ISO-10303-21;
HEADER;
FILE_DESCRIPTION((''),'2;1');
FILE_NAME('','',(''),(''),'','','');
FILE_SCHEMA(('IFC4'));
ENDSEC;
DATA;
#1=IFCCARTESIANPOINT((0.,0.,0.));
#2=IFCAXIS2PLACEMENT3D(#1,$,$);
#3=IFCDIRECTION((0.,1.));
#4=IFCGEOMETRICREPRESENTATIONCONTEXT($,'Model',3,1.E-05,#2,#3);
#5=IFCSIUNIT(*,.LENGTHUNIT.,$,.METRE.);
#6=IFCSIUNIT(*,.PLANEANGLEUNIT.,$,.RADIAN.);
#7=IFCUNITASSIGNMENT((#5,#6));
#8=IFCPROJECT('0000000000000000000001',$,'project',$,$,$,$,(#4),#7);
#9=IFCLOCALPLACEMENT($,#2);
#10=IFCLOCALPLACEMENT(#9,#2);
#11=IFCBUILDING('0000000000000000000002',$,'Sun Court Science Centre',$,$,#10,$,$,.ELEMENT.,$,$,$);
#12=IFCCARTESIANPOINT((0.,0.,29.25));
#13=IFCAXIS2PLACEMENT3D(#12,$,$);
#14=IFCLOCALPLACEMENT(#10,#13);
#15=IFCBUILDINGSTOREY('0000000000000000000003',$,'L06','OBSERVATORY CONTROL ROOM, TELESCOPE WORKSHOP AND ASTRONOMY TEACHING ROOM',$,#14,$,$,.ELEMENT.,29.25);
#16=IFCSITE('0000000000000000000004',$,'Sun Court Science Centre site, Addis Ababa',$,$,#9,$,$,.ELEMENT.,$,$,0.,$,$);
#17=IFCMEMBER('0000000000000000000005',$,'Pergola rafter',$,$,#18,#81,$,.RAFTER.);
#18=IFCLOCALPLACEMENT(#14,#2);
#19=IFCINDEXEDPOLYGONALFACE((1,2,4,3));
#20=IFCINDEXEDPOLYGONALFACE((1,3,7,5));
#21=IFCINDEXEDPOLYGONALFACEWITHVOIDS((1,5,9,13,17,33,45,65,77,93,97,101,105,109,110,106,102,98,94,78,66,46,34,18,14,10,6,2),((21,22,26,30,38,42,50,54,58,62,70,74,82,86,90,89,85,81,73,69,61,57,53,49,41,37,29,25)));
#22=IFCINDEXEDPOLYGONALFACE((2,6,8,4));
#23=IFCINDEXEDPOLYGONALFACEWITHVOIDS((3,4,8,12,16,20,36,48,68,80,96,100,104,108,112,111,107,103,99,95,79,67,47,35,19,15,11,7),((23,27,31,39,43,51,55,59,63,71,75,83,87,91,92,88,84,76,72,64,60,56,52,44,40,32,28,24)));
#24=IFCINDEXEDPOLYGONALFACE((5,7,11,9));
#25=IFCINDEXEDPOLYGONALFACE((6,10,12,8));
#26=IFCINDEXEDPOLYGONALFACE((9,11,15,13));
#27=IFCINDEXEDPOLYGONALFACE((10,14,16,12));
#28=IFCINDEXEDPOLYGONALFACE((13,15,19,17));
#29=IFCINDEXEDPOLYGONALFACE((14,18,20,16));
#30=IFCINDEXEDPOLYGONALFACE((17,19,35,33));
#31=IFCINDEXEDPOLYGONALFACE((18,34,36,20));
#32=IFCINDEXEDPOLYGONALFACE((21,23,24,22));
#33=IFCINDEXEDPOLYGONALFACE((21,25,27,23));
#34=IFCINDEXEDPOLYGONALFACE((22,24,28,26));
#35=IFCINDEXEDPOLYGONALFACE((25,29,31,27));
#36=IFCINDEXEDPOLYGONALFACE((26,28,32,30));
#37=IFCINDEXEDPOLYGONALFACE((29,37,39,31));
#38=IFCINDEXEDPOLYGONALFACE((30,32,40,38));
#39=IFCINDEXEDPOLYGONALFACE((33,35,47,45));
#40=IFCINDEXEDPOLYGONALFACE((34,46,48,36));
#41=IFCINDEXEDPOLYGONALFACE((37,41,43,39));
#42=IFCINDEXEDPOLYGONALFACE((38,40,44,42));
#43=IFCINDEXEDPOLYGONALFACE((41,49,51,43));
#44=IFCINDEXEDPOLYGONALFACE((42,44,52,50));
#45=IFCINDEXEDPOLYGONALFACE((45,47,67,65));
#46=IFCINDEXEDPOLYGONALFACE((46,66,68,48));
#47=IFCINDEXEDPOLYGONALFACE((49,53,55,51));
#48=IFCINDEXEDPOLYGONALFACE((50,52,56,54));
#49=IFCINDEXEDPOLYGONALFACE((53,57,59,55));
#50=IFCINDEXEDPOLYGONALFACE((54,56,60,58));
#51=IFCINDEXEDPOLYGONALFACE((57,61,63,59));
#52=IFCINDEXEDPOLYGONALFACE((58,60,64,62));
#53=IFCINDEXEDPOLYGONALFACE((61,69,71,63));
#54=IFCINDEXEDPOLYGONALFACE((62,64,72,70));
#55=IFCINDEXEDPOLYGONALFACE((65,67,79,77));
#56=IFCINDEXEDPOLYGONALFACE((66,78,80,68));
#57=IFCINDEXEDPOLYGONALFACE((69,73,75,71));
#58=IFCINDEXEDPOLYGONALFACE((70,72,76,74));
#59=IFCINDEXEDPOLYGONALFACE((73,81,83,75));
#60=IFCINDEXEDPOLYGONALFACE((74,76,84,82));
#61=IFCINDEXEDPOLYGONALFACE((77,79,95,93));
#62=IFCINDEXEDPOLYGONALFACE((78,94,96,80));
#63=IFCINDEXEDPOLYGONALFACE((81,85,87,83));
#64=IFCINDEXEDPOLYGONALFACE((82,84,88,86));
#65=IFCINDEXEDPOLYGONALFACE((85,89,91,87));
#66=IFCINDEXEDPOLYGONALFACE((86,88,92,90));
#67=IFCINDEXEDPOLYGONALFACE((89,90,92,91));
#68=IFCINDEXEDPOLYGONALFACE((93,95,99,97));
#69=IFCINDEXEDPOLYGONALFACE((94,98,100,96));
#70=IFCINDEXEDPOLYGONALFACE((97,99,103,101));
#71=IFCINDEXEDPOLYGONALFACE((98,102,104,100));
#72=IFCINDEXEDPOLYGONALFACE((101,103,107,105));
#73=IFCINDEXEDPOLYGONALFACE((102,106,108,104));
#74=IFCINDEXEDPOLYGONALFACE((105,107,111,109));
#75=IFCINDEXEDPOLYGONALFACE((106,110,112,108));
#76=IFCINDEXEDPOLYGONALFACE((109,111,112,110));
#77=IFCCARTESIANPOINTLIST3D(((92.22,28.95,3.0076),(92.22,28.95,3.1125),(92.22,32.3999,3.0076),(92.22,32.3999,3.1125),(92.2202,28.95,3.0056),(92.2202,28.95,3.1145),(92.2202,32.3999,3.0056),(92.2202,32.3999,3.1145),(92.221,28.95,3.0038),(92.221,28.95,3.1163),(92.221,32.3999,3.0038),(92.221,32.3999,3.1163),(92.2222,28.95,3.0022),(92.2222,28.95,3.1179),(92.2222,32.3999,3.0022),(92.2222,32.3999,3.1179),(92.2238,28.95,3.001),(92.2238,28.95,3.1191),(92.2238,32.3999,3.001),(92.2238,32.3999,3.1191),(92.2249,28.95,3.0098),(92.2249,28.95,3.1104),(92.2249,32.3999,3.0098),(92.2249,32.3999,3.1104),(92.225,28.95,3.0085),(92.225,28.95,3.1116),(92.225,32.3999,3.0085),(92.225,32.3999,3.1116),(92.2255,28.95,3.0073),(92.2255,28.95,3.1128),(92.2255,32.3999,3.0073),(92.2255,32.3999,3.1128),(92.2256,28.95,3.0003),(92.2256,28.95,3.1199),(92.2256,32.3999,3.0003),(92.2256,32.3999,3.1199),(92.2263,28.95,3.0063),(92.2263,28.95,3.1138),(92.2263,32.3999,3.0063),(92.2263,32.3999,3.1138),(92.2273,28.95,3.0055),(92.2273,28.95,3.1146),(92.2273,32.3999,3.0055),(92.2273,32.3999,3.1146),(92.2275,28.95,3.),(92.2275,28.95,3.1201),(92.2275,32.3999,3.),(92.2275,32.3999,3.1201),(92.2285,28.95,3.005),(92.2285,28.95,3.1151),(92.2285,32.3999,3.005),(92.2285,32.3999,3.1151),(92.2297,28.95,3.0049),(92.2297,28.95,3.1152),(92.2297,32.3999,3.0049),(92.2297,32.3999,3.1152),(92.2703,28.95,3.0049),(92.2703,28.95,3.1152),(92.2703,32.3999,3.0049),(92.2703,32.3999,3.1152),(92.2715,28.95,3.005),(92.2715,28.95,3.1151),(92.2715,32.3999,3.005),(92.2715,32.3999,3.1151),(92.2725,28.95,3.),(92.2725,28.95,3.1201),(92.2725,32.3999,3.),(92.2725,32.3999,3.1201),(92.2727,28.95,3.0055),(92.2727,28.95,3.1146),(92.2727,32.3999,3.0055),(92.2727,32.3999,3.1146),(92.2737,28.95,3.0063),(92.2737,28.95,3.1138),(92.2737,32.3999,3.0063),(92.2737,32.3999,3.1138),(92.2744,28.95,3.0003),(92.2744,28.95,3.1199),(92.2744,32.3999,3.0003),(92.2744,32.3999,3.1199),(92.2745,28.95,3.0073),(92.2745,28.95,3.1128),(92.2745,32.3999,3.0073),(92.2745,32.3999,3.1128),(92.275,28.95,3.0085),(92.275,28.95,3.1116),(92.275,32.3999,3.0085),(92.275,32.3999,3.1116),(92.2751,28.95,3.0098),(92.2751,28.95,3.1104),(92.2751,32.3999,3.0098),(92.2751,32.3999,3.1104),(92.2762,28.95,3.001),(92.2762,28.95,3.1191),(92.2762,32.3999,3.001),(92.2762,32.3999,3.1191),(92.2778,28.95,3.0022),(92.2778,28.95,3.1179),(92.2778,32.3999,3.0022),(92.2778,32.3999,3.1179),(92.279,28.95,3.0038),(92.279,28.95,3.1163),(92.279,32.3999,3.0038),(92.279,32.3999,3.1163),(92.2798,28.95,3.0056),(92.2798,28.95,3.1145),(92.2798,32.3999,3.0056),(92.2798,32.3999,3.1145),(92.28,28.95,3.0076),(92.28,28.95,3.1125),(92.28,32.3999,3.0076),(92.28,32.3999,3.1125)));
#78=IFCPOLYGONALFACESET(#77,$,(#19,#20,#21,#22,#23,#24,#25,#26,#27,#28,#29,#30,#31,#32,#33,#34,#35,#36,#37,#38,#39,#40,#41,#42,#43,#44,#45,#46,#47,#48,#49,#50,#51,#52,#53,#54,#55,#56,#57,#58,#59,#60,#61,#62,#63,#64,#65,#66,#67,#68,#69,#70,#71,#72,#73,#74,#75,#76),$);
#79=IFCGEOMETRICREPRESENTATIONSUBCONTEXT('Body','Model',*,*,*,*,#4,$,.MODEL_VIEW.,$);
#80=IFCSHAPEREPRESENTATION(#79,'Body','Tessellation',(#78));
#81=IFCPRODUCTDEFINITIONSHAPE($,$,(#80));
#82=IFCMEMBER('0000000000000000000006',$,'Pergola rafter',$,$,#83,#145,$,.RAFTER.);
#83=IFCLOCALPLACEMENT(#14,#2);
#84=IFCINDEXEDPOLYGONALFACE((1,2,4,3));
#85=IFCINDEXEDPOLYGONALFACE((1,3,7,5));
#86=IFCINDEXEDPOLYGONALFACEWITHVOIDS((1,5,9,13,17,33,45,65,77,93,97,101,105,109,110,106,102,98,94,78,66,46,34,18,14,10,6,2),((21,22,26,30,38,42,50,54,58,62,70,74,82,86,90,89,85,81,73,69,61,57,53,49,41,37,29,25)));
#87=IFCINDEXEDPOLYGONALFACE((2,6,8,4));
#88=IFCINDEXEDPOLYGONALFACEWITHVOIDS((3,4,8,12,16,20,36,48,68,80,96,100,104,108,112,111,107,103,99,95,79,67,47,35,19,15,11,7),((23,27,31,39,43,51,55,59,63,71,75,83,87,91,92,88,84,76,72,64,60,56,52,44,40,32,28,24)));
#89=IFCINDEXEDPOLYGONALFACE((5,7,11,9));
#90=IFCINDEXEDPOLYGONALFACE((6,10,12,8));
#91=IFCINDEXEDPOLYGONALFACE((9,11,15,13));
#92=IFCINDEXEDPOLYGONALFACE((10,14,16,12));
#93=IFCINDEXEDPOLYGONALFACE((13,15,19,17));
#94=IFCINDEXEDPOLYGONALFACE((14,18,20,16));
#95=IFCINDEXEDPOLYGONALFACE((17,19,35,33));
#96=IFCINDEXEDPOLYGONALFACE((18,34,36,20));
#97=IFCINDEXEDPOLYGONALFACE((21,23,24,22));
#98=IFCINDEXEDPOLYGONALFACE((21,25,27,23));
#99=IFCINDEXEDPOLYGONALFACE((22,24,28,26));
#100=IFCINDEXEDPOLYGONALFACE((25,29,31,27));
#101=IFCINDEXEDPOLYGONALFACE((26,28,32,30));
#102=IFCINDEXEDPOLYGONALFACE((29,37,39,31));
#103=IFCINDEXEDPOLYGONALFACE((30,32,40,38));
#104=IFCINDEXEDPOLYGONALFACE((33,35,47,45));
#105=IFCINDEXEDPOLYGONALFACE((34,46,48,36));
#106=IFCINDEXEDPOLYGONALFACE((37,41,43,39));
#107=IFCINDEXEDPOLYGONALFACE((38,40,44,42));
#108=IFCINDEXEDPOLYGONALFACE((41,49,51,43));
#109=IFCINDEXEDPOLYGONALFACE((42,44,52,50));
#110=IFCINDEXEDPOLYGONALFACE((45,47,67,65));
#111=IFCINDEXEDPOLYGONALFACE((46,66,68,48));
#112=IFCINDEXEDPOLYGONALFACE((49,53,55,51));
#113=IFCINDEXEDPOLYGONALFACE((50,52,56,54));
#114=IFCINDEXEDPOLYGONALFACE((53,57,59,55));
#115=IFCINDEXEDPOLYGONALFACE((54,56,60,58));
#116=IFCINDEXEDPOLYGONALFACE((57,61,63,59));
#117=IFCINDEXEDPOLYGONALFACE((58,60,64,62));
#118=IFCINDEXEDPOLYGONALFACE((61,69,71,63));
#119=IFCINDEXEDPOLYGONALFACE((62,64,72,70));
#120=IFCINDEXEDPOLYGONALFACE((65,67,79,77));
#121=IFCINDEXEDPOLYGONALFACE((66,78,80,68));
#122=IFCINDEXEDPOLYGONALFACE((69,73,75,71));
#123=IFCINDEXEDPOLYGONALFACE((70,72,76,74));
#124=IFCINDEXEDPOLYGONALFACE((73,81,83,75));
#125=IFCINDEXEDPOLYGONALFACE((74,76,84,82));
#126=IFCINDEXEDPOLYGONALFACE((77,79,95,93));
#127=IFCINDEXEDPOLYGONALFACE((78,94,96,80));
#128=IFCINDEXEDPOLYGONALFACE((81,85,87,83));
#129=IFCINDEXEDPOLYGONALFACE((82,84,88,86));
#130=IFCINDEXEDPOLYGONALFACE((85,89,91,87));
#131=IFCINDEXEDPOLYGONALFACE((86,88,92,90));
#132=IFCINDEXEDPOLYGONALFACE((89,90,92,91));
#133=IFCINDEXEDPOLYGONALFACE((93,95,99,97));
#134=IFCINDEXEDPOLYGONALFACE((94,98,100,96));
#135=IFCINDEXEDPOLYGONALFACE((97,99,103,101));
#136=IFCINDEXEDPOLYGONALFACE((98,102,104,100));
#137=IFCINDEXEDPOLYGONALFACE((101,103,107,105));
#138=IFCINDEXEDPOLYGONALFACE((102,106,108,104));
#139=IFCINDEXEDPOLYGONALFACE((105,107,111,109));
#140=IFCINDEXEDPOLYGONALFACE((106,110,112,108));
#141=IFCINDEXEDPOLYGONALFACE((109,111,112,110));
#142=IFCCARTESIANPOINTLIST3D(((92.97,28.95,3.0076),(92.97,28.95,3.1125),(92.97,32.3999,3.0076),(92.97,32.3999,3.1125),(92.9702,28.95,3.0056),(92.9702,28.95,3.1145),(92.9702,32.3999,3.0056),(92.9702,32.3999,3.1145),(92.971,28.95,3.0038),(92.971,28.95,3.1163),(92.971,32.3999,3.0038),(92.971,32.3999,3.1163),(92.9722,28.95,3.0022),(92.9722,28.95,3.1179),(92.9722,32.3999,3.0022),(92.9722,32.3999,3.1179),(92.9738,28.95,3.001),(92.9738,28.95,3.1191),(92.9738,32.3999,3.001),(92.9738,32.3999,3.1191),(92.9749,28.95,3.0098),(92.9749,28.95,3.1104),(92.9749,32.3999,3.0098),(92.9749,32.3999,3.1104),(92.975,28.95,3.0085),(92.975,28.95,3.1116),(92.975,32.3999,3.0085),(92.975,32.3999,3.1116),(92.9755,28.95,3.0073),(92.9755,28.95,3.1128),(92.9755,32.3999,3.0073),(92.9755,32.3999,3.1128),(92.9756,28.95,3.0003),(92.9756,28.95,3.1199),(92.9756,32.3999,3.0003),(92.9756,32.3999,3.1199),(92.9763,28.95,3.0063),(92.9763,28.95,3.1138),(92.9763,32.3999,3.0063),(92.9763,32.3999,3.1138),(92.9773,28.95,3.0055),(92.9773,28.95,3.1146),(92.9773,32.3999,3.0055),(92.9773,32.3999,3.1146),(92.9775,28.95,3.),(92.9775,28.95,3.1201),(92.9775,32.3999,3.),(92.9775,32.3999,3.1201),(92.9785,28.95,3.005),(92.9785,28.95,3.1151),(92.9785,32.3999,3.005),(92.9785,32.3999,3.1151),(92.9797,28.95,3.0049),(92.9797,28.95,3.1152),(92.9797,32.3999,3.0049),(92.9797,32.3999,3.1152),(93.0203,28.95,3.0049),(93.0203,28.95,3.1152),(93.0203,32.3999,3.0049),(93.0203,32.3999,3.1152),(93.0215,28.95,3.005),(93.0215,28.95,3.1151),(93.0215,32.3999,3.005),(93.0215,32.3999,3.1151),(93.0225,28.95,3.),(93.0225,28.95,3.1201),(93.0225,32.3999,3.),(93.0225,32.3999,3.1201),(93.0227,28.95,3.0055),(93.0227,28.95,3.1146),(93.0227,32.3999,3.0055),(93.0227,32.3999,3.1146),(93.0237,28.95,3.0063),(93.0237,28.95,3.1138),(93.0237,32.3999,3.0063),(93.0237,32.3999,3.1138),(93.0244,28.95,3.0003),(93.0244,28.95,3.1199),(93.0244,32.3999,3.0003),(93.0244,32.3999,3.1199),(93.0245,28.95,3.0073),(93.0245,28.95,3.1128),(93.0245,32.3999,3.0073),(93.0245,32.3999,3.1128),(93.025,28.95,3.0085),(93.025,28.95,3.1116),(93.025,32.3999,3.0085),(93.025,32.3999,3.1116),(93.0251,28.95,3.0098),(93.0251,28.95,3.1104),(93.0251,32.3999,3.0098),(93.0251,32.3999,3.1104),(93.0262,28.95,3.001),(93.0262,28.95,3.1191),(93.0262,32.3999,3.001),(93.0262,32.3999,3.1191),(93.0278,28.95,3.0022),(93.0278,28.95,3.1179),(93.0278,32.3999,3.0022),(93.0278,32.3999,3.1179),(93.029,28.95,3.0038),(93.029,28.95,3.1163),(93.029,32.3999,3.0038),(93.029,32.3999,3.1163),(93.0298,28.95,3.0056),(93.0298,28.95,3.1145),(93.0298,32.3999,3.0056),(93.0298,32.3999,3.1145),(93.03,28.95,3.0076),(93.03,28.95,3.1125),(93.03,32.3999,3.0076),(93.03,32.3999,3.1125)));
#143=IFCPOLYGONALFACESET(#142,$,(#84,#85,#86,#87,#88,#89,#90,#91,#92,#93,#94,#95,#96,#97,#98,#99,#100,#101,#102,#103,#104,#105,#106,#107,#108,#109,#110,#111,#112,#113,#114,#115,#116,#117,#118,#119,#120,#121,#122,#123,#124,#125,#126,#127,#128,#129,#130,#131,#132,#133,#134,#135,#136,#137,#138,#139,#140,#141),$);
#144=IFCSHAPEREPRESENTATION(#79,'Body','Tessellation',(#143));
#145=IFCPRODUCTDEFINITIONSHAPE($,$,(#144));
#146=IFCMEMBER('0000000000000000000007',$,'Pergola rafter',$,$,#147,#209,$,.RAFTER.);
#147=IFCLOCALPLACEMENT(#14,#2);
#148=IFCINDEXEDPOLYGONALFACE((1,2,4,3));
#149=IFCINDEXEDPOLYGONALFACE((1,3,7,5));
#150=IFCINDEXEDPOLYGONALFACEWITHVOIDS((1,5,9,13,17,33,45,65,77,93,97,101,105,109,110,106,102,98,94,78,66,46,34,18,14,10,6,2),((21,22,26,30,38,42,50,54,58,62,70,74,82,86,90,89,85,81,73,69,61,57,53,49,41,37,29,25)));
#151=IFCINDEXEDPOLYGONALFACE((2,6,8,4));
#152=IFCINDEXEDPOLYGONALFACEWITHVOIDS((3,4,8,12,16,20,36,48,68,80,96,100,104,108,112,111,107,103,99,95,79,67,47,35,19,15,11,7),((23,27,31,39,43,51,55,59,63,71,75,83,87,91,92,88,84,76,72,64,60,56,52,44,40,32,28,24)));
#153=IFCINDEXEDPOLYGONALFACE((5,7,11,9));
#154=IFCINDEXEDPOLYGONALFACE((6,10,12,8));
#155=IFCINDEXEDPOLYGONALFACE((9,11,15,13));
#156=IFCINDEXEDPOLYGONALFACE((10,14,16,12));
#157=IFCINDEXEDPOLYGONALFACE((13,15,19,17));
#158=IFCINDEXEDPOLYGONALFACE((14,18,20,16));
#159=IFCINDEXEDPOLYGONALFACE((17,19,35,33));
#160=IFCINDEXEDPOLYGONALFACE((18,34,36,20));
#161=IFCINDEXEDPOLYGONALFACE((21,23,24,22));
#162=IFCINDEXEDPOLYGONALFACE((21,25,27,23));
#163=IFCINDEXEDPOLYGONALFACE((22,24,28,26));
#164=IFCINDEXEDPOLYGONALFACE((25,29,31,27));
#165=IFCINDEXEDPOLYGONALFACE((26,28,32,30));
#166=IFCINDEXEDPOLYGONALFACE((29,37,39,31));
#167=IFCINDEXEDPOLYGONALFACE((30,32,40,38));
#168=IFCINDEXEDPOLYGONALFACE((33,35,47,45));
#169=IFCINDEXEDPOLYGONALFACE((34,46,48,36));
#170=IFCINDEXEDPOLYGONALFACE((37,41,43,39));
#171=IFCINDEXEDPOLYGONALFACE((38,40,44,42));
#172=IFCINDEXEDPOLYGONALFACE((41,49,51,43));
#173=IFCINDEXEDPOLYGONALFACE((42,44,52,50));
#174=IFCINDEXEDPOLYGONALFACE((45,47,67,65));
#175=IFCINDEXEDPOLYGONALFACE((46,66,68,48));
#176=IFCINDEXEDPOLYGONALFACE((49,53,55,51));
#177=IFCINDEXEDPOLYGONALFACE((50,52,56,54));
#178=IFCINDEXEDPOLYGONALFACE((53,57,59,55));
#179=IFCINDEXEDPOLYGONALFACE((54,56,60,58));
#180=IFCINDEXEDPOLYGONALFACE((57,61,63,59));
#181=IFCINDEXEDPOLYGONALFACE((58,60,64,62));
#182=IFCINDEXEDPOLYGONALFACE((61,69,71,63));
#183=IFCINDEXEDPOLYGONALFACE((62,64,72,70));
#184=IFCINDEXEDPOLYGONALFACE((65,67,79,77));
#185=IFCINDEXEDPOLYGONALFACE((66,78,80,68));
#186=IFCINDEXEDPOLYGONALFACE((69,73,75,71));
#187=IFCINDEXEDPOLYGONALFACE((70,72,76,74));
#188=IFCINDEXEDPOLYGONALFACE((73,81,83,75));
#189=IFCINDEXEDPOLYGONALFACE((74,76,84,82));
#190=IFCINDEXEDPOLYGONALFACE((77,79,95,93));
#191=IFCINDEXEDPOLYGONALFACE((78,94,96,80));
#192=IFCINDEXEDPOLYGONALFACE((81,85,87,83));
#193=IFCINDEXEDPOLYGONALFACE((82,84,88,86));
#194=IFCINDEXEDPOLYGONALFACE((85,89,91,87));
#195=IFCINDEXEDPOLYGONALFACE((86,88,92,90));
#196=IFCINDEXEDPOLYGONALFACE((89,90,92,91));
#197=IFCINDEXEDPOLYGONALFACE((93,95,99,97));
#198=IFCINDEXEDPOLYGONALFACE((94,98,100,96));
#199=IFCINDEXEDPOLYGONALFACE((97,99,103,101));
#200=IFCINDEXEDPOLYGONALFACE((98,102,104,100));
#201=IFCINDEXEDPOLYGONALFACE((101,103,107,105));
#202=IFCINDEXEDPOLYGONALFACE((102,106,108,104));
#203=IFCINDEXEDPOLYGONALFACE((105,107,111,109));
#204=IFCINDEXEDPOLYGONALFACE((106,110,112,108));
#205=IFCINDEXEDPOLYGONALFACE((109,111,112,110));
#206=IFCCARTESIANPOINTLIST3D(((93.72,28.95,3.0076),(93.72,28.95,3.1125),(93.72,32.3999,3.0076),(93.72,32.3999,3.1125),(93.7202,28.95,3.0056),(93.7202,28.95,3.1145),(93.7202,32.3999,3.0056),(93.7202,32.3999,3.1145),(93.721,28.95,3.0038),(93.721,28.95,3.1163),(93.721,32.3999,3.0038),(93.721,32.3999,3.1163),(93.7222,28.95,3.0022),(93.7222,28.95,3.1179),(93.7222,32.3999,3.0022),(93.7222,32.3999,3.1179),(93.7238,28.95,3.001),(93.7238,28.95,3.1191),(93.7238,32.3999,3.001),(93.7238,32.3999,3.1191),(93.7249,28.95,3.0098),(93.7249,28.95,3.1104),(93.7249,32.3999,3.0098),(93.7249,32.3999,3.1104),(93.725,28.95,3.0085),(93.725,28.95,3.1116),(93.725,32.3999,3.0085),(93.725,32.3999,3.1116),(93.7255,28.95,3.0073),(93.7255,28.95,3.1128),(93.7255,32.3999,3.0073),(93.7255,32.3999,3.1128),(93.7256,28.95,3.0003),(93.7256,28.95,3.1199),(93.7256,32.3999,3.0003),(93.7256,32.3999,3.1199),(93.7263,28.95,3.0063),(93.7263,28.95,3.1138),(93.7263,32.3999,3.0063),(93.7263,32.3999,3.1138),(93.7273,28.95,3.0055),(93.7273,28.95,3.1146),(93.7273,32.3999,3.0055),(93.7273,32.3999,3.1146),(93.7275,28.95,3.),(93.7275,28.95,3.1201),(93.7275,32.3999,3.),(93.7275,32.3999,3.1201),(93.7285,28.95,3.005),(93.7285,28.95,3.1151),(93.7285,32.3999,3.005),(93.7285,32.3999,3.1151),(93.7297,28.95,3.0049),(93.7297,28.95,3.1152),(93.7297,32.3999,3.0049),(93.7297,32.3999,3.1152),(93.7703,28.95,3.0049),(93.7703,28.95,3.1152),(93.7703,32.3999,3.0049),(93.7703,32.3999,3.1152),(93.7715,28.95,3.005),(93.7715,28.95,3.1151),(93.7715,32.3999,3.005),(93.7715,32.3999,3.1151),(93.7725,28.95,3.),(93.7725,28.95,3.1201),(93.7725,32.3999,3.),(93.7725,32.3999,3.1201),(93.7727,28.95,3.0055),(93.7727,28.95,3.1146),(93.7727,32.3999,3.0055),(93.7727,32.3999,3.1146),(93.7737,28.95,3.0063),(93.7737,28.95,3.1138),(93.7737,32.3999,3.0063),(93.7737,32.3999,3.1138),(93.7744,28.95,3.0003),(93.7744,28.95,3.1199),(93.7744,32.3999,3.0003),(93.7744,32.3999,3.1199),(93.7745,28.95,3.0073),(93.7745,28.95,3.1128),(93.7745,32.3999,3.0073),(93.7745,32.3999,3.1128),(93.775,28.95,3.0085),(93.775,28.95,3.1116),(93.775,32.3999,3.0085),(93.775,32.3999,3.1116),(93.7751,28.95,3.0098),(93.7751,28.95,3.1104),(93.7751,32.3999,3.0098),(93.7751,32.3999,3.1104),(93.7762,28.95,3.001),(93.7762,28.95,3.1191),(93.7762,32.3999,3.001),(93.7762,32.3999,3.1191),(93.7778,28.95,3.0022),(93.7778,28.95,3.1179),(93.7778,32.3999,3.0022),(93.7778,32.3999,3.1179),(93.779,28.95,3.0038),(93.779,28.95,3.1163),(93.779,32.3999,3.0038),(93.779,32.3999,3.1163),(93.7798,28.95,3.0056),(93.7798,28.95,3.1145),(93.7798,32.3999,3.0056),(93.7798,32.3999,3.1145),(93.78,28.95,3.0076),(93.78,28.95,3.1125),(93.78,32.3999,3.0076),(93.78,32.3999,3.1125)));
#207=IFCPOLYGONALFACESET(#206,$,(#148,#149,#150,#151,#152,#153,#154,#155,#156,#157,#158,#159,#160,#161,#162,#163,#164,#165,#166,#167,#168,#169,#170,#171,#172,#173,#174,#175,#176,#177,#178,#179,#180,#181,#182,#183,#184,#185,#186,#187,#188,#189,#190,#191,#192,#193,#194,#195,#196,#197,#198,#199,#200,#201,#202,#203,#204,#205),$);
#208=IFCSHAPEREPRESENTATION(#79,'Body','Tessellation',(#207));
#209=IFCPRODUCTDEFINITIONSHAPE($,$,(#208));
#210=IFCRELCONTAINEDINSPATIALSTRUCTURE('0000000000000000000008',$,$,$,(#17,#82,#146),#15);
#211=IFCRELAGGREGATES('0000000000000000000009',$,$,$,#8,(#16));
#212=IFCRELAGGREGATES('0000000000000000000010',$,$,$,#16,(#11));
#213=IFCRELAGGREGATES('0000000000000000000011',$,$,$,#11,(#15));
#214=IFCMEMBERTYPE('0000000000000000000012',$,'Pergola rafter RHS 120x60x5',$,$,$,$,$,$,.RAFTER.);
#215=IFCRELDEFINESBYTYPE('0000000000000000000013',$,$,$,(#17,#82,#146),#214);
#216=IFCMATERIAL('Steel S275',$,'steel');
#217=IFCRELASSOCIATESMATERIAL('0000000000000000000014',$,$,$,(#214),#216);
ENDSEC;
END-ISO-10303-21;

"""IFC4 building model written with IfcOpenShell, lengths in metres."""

from ifc_helpers import new_model, si_unit, direction, frame, origin, origin_2d, place, context, subcontext, project, spatial, hollow_rectangle, extrude, material, material_profile, profile_set, type_object, element, save


model = new_model("IFC4")

# Units and contexts
model_context = context("Model", 3, precision=1e-05, world=origin(), true_north=direction((0.0, 1.0)))
body_context = subcontext(model_context, "Body", "Model", "MODEL_VIEW")
ifc_project = project(units=[si_unit("LENGTHUNIT", "METRE"), si_unit("PLANEANGLEUNIT", "RADIAN")], contexts=[model_context])

# Site, building, storey
site_placement = place(None, origin())
site = spatial("IfcSite", under=ifc_project, at=site_placement, Name="Sun Court Science Centre site, Addis Ababa", CompositionType="ELEMENT", RefElevation=0.0)
building_placement = place(site_placement, origin())
building = spatial("IfcBuilding", under=site, at=building_placement, Name="Sun Court Science Centre", CompositionType="ELEMENT")
storey_placement = place(building_placement, frame((0.0, 0.0, 29.25)))
storey = spatial("IfcBuildingStorey", under=building, at=storey_placement, Name="L06", Description="OBSERVATORY CONTROL ROOM, TELESCOPE WORKSHOP AND ASTRONOMY TEACHING ROOM", CompositionType="ELEMENT", Elevation=29.25)

# Members
ifc_material_1 = material(Name="Steel S275", Category="steel")
ifc_material_profile_1 = material_profile(ifc_material_1, hollow_rectangle(XDim=0.0601, YDim=0.1201, WallThickness=0.0049, InnerFilletRadius=0.0049, OuterFilletRadius=0.0076, at=origin_2d()), Name="RHS 120x60x5")
ifc_profile_set_1 = profile_set([ifc_material_profile_1], Name="Steel S275")
member_type_1 = type_object("IfcMemberType", Name="Pergola rafter RHS 120x60x5", PredefinedType="RAFTER", material=ifc_profile_set_1)
for number, where, z_axis, x_axis, name in (
    (1, (92.25, 28.95, 3.0601), (0.0, 1.0, 0.0), (-1.0, 0.0, 0.0), "Pergola rafter"),
    (2, (93.0, 28.95, 3.0601), (0.0, 1.0, 0.0), (-1.0, 0.0, 0.0), "Pergola rafter"),
    (3, (93.75, 28.95, 3.0601), (0.0, 1.0, 0.0), (-1.0, 0.0, 0.0), "Pergola rafter"),
):
    element("IfcMember", number, at=place(storey_placement, frame(where, z_axis=z_axis, x_axis=x_axis)), inside=storey, type_object=member_type_1, Name=name, PredefinedType="RAFTER", context=body_context, shape_type="SweptSolid", body=[
        extrude(hollow_rectangle(XDim=0.0601, YDim=0.1201, WallThickness=0.0049, InnerFilletRadius=0.0049, OuterFilletRadius=0.0076, at=origin_2d()), origin(), (0.0, 0.0, 1.0), 3.45),
    ])

save(model, "model.ifc")
